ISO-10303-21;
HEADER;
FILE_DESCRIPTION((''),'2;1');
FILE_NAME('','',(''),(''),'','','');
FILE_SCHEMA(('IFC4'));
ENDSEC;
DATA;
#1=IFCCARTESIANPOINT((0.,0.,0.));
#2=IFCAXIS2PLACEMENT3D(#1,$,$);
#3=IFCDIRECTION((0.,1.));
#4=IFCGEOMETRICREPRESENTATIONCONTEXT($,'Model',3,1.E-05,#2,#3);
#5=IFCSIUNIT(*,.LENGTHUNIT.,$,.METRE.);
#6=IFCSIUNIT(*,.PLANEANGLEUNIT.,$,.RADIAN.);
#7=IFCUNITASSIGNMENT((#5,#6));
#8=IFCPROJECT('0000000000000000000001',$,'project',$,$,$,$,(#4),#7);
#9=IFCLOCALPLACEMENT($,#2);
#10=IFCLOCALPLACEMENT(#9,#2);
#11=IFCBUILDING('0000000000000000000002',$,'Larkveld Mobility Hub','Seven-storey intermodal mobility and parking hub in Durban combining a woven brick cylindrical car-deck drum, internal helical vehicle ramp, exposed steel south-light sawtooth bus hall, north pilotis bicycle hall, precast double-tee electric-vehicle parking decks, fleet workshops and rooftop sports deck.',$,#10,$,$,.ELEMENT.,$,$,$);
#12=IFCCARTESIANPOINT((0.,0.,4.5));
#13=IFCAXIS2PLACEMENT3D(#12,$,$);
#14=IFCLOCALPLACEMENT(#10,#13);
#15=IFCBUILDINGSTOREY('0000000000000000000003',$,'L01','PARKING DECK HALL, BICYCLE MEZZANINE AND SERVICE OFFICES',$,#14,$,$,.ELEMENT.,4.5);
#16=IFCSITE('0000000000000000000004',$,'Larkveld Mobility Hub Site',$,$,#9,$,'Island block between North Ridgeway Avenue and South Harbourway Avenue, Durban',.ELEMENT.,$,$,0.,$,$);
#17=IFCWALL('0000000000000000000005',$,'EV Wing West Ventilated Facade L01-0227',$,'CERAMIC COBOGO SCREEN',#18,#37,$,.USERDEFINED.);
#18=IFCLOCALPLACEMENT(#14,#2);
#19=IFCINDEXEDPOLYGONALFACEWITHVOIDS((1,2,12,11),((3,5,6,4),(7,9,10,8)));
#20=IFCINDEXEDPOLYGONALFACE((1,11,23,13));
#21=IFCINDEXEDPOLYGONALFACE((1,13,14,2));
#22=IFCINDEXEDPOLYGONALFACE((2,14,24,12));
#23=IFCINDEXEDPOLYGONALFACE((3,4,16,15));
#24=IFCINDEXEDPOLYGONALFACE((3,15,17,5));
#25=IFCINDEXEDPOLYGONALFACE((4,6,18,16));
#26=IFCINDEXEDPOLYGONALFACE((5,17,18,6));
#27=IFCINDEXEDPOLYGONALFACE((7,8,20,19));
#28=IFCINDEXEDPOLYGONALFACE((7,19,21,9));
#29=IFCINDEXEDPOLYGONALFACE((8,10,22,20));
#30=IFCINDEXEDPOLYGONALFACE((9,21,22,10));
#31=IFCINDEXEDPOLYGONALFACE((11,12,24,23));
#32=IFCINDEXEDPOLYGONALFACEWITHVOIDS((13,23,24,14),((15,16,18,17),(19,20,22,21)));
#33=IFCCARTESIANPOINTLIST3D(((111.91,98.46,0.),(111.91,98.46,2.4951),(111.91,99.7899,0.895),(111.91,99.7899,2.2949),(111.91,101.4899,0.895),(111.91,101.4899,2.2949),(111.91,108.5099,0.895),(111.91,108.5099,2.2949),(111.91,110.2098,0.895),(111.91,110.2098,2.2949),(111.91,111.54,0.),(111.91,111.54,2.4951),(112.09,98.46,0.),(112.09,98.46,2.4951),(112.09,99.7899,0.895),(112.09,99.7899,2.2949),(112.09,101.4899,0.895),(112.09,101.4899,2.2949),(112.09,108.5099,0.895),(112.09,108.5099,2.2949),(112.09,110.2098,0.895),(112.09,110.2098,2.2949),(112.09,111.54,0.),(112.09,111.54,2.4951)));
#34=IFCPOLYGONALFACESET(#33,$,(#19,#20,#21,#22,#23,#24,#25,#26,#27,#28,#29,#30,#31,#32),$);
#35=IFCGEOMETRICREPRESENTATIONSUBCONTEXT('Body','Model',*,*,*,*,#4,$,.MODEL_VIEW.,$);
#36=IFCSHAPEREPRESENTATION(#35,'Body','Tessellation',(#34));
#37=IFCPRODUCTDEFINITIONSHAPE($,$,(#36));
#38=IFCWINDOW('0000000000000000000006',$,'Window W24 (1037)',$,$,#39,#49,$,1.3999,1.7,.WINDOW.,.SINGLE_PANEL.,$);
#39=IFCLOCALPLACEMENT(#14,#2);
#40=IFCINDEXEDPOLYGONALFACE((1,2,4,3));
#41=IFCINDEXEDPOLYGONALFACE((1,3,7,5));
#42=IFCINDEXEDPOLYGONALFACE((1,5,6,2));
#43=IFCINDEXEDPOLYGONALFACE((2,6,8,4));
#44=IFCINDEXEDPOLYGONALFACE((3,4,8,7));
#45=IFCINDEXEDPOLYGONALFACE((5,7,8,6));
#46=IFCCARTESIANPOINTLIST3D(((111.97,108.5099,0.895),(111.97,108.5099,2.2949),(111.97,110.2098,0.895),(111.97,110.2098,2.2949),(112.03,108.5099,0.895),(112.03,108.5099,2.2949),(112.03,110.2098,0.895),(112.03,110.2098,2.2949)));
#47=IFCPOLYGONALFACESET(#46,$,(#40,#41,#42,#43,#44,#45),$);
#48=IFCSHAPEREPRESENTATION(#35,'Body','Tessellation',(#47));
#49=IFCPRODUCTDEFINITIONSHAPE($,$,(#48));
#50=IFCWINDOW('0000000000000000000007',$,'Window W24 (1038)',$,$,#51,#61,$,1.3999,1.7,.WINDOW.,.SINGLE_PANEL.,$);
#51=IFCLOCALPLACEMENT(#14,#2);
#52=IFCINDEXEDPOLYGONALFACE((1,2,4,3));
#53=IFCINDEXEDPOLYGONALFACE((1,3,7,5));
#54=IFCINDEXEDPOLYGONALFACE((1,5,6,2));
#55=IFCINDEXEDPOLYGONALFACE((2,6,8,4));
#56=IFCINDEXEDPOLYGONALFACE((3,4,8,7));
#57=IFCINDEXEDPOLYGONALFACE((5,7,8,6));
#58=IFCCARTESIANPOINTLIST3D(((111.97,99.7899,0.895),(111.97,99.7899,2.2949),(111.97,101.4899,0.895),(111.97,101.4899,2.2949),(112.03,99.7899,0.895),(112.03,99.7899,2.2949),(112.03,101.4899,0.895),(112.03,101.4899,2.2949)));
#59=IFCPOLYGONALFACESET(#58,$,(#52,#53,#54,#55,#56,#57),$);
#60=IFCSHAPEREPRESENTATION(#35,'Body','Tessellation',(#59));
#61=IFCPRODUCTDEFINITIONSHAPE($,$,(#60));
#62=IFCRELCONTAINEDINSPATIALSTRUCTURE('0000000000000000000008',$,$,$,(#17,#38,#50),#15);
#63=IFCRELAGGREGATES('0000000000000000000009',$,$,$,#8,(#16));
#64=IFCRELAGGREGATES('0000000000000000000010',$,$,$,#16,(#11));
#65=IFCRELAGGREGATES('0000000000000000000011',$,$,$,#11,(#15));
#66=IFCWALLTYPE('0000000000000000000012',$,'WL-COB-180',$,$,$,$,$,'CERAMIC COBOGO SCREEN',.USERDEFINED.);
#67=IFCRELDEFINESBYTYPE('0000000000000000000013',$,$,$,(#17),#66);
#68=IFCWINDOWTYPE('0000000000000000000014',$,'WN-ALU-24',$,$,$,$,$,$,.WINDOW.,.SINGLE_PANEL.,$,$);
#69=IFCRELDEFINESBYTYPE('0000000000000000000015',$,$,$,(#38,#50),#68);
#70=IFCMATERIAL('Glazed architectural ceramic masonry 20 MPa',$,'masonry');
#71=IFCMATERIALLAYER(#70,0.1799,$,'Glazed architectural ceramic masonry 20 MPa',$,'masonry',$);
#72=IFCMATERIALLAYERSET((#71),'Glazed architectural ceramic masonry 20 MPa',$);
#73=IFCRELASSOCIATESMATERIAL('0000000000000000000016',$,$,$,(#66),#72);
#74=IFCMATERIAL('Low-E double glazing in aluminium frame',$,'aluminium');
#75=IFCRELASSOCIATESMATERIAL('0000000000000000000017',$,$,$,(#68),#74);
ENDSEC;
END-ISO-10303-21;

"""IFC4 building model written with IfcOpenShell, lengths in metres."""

from ifc_helpers import new_model, si_unit, direction, frame, frame_2d, origin, place, context, subcontext, project, spatial, rectangle, extrude, material, layer, layer_set, type_object, element, fill, save


model = new_model("IFC4")

# Units and contexts
model_context = context("Model", 3, precision=1e-05, world=origin(), true_north=direction((0.0, 1.0)))
body_context = subcontext(model_context, "Body", "Model", "MODEL_VIEW")
ifc_project = project(units=[si_unit("LENGTHUNIT", "METRE"), si_unit("PLANEANGLEUNIT", "RADIAN")], contexts=[model_context])

# Site, building, storey
site_placement = place(None, origin())
site = spatial("IfcSite", under=ifc_project, at=site_placement, Name="Larkveld Mobility Hub Site", LongName="Island block between North Ridgeway Avenue and South Harbourway Avenue, Durban", CompositionType="ELEMENT", RefElevation=0.0)
building_placement = place(site_placement, origin())
building = spatial("IfcBuilding", under=site, at=building_placement, Name="Larkveld Mobility Hub", Description="Seven-storey intermodal mobility and parking hub in Durban combining a woven brick cylindrical car-deck drum, internal helical vehicle ramp, exposed steel south-light sawtooth bus hall, north pilotis bicycle hall, precast double-tee electric-vehicle parking decks, fleet workshops and rooftop sports deck.", CompositionType="ELEMENT")
storey_placement = place(building_placement, frame((0.0, 0.0, 4.5)))
storey = spatial("IfcBuildingStorey", under=building, at=storey_placement, Name="L01", Description="PARKING DECK HALL, BICYCLE MEZZANINE AND SERVICE OFFICES", CompositionType="ELEMENT", Elevation=4.5)

# Wall, openings, windows
ifc_material_1 = material(Name="Glazed architectural ceramic masonry 20 MPa", Category="masonry")
ifc_layer_1 = layer(ifc_material_1, 0.1799, Name="Glazed architectural ceramic masonry 20 MPa", Category="masonry")
ifc_layer_set_1 = layer_set([ifc_layer_1], Name="Glazed architectural ceramic masonry 20 MPa")
wall_type = type_object("IfcWallType", Name="WL-COB-180", ElementType="CERAMIC COBOGO SCREEN", PredefinedType="USERDEFINED", material=ifc_layer_set_1)
wall_placement = place(storey_placement, frame((112.0, 111.54, 0.0), z_axis=(0.0, 0.0, 1.0), x_axis=(0.0, -1.0, 0.0)))
wall = element("IfcWall", 1, at=wall_placement, inside=storey, type_object=wall_type, Name="EV Wing West Ventilated Facade L01-0227", ObjectType="CERAMIC COBOGO SCREEN", PredefinedType="USERDEFINED", context=body_context, shape_type="SweptSolid", body=[
    extrude(rectangle(XDim=13.0801, YDim=0.1799, at=frame_2d((6.54, 0.0))), origin(), (0.0, 0.0, 1.0), 2.4951),
])
opening_1_placement = place(wall_placement, frame((1.3301, 0.0, 0.895)))
opening_1 = element("IfcOpeningElement", 2, at=opening_1_placement, cuts=wall, PredefinedType="OPENING", context=body_context, shape_type="SweptSolid", body=[
    extrude(rectangle(XDim=1.7, YDim=1.3999, at=frame_2d((0.8501, 0.7))), frame((0.0, 0.1001, 0.0), z_axis=(0.0, -1.0, 0.0), x_axis=(1.0, 0.0, 0.0)), (0.0, 0.0, 1.0), 0.2),
])
opening_2_placement = place(wall_placement, frame((10.05, 0.0, 0.895)))
opening_2 = element("IfcOpeningElement", 3, at=opening_2_placement, cuts=wall, PredefinedType="OPENING", context=body_context, shape_type="SweptSolid", body=[
    extrude(rectangle(XDim=1.7, YDim=1.3999, at=frame_2d((0.8501, 0.7))), frame((0.0, 0.1001, 0.0), z_axis=(0.0, -1.0, 0.0), x_axis=(1.0, 0.0, 0.0)), (0.0, 0.0, 1.0), 0.2),
])
ifc_material_2 = material(Name="Low-E double glazing in aluminium frame", Category="aluminium")
window_type = type_object("IfcWindowType", Name="WN-ALU-24", PartitioningType="SINGLE_PANEL", PredefinedType="WINDOW", material=ifc_material_2)
window_1_placement = place(opening_1_placement, origin())
window_1 = element("IfcWindow", 4, at=window_1_placement, inside=storey, type_object=window_type, Name="Window W24 (1037)", OverallHeight=1.3999, OverallWidth=1.7, PartitioningType="SINGLE_PANEL", PredefinedType="WINDOW", context=body_context, shape_type="SweptSolid", body=[
    extrude(rectangle(XDim=1.7, YDim=1.3999, at=frame_2d((0.8501, 0.7))), frame((0.0, 0.03, 0.0), z_axis=(0.0, -1.0, 0.0), x_axis=(1.0, 0.0, 0.0)), (0.0, 0.0, 1.0), 0.0601),
])
fill(opening_1, window_1)
window_2_placement = place(opening_2_placement, origin())
window_2 = element("IfcWindow", 5, at=window_2_placement, inside=storey, type_object=window_type, Name="Window W24 (1038)", OverallHeight=1.3999, OverallWidth=1.7, PartitioningType="SINGLE_PANEL", PredefinedType="WINDOW", context=body_context, shape_type="SweptSolid", body=[
    extrude(rectangle(XDim=1.7, YDim=1.3999, at=frame_2d((0.8501, 0.7))), frame((0.0, 0.03, 0.0), z_axis=(0.0, -1.0, 0.0), x_axis=(1.0, 0.0, 0.0)), (0.0, 0.0, 1.0), 0.0601),
])
fill(opening_2, window_2)

save(model, "model.ifc")
